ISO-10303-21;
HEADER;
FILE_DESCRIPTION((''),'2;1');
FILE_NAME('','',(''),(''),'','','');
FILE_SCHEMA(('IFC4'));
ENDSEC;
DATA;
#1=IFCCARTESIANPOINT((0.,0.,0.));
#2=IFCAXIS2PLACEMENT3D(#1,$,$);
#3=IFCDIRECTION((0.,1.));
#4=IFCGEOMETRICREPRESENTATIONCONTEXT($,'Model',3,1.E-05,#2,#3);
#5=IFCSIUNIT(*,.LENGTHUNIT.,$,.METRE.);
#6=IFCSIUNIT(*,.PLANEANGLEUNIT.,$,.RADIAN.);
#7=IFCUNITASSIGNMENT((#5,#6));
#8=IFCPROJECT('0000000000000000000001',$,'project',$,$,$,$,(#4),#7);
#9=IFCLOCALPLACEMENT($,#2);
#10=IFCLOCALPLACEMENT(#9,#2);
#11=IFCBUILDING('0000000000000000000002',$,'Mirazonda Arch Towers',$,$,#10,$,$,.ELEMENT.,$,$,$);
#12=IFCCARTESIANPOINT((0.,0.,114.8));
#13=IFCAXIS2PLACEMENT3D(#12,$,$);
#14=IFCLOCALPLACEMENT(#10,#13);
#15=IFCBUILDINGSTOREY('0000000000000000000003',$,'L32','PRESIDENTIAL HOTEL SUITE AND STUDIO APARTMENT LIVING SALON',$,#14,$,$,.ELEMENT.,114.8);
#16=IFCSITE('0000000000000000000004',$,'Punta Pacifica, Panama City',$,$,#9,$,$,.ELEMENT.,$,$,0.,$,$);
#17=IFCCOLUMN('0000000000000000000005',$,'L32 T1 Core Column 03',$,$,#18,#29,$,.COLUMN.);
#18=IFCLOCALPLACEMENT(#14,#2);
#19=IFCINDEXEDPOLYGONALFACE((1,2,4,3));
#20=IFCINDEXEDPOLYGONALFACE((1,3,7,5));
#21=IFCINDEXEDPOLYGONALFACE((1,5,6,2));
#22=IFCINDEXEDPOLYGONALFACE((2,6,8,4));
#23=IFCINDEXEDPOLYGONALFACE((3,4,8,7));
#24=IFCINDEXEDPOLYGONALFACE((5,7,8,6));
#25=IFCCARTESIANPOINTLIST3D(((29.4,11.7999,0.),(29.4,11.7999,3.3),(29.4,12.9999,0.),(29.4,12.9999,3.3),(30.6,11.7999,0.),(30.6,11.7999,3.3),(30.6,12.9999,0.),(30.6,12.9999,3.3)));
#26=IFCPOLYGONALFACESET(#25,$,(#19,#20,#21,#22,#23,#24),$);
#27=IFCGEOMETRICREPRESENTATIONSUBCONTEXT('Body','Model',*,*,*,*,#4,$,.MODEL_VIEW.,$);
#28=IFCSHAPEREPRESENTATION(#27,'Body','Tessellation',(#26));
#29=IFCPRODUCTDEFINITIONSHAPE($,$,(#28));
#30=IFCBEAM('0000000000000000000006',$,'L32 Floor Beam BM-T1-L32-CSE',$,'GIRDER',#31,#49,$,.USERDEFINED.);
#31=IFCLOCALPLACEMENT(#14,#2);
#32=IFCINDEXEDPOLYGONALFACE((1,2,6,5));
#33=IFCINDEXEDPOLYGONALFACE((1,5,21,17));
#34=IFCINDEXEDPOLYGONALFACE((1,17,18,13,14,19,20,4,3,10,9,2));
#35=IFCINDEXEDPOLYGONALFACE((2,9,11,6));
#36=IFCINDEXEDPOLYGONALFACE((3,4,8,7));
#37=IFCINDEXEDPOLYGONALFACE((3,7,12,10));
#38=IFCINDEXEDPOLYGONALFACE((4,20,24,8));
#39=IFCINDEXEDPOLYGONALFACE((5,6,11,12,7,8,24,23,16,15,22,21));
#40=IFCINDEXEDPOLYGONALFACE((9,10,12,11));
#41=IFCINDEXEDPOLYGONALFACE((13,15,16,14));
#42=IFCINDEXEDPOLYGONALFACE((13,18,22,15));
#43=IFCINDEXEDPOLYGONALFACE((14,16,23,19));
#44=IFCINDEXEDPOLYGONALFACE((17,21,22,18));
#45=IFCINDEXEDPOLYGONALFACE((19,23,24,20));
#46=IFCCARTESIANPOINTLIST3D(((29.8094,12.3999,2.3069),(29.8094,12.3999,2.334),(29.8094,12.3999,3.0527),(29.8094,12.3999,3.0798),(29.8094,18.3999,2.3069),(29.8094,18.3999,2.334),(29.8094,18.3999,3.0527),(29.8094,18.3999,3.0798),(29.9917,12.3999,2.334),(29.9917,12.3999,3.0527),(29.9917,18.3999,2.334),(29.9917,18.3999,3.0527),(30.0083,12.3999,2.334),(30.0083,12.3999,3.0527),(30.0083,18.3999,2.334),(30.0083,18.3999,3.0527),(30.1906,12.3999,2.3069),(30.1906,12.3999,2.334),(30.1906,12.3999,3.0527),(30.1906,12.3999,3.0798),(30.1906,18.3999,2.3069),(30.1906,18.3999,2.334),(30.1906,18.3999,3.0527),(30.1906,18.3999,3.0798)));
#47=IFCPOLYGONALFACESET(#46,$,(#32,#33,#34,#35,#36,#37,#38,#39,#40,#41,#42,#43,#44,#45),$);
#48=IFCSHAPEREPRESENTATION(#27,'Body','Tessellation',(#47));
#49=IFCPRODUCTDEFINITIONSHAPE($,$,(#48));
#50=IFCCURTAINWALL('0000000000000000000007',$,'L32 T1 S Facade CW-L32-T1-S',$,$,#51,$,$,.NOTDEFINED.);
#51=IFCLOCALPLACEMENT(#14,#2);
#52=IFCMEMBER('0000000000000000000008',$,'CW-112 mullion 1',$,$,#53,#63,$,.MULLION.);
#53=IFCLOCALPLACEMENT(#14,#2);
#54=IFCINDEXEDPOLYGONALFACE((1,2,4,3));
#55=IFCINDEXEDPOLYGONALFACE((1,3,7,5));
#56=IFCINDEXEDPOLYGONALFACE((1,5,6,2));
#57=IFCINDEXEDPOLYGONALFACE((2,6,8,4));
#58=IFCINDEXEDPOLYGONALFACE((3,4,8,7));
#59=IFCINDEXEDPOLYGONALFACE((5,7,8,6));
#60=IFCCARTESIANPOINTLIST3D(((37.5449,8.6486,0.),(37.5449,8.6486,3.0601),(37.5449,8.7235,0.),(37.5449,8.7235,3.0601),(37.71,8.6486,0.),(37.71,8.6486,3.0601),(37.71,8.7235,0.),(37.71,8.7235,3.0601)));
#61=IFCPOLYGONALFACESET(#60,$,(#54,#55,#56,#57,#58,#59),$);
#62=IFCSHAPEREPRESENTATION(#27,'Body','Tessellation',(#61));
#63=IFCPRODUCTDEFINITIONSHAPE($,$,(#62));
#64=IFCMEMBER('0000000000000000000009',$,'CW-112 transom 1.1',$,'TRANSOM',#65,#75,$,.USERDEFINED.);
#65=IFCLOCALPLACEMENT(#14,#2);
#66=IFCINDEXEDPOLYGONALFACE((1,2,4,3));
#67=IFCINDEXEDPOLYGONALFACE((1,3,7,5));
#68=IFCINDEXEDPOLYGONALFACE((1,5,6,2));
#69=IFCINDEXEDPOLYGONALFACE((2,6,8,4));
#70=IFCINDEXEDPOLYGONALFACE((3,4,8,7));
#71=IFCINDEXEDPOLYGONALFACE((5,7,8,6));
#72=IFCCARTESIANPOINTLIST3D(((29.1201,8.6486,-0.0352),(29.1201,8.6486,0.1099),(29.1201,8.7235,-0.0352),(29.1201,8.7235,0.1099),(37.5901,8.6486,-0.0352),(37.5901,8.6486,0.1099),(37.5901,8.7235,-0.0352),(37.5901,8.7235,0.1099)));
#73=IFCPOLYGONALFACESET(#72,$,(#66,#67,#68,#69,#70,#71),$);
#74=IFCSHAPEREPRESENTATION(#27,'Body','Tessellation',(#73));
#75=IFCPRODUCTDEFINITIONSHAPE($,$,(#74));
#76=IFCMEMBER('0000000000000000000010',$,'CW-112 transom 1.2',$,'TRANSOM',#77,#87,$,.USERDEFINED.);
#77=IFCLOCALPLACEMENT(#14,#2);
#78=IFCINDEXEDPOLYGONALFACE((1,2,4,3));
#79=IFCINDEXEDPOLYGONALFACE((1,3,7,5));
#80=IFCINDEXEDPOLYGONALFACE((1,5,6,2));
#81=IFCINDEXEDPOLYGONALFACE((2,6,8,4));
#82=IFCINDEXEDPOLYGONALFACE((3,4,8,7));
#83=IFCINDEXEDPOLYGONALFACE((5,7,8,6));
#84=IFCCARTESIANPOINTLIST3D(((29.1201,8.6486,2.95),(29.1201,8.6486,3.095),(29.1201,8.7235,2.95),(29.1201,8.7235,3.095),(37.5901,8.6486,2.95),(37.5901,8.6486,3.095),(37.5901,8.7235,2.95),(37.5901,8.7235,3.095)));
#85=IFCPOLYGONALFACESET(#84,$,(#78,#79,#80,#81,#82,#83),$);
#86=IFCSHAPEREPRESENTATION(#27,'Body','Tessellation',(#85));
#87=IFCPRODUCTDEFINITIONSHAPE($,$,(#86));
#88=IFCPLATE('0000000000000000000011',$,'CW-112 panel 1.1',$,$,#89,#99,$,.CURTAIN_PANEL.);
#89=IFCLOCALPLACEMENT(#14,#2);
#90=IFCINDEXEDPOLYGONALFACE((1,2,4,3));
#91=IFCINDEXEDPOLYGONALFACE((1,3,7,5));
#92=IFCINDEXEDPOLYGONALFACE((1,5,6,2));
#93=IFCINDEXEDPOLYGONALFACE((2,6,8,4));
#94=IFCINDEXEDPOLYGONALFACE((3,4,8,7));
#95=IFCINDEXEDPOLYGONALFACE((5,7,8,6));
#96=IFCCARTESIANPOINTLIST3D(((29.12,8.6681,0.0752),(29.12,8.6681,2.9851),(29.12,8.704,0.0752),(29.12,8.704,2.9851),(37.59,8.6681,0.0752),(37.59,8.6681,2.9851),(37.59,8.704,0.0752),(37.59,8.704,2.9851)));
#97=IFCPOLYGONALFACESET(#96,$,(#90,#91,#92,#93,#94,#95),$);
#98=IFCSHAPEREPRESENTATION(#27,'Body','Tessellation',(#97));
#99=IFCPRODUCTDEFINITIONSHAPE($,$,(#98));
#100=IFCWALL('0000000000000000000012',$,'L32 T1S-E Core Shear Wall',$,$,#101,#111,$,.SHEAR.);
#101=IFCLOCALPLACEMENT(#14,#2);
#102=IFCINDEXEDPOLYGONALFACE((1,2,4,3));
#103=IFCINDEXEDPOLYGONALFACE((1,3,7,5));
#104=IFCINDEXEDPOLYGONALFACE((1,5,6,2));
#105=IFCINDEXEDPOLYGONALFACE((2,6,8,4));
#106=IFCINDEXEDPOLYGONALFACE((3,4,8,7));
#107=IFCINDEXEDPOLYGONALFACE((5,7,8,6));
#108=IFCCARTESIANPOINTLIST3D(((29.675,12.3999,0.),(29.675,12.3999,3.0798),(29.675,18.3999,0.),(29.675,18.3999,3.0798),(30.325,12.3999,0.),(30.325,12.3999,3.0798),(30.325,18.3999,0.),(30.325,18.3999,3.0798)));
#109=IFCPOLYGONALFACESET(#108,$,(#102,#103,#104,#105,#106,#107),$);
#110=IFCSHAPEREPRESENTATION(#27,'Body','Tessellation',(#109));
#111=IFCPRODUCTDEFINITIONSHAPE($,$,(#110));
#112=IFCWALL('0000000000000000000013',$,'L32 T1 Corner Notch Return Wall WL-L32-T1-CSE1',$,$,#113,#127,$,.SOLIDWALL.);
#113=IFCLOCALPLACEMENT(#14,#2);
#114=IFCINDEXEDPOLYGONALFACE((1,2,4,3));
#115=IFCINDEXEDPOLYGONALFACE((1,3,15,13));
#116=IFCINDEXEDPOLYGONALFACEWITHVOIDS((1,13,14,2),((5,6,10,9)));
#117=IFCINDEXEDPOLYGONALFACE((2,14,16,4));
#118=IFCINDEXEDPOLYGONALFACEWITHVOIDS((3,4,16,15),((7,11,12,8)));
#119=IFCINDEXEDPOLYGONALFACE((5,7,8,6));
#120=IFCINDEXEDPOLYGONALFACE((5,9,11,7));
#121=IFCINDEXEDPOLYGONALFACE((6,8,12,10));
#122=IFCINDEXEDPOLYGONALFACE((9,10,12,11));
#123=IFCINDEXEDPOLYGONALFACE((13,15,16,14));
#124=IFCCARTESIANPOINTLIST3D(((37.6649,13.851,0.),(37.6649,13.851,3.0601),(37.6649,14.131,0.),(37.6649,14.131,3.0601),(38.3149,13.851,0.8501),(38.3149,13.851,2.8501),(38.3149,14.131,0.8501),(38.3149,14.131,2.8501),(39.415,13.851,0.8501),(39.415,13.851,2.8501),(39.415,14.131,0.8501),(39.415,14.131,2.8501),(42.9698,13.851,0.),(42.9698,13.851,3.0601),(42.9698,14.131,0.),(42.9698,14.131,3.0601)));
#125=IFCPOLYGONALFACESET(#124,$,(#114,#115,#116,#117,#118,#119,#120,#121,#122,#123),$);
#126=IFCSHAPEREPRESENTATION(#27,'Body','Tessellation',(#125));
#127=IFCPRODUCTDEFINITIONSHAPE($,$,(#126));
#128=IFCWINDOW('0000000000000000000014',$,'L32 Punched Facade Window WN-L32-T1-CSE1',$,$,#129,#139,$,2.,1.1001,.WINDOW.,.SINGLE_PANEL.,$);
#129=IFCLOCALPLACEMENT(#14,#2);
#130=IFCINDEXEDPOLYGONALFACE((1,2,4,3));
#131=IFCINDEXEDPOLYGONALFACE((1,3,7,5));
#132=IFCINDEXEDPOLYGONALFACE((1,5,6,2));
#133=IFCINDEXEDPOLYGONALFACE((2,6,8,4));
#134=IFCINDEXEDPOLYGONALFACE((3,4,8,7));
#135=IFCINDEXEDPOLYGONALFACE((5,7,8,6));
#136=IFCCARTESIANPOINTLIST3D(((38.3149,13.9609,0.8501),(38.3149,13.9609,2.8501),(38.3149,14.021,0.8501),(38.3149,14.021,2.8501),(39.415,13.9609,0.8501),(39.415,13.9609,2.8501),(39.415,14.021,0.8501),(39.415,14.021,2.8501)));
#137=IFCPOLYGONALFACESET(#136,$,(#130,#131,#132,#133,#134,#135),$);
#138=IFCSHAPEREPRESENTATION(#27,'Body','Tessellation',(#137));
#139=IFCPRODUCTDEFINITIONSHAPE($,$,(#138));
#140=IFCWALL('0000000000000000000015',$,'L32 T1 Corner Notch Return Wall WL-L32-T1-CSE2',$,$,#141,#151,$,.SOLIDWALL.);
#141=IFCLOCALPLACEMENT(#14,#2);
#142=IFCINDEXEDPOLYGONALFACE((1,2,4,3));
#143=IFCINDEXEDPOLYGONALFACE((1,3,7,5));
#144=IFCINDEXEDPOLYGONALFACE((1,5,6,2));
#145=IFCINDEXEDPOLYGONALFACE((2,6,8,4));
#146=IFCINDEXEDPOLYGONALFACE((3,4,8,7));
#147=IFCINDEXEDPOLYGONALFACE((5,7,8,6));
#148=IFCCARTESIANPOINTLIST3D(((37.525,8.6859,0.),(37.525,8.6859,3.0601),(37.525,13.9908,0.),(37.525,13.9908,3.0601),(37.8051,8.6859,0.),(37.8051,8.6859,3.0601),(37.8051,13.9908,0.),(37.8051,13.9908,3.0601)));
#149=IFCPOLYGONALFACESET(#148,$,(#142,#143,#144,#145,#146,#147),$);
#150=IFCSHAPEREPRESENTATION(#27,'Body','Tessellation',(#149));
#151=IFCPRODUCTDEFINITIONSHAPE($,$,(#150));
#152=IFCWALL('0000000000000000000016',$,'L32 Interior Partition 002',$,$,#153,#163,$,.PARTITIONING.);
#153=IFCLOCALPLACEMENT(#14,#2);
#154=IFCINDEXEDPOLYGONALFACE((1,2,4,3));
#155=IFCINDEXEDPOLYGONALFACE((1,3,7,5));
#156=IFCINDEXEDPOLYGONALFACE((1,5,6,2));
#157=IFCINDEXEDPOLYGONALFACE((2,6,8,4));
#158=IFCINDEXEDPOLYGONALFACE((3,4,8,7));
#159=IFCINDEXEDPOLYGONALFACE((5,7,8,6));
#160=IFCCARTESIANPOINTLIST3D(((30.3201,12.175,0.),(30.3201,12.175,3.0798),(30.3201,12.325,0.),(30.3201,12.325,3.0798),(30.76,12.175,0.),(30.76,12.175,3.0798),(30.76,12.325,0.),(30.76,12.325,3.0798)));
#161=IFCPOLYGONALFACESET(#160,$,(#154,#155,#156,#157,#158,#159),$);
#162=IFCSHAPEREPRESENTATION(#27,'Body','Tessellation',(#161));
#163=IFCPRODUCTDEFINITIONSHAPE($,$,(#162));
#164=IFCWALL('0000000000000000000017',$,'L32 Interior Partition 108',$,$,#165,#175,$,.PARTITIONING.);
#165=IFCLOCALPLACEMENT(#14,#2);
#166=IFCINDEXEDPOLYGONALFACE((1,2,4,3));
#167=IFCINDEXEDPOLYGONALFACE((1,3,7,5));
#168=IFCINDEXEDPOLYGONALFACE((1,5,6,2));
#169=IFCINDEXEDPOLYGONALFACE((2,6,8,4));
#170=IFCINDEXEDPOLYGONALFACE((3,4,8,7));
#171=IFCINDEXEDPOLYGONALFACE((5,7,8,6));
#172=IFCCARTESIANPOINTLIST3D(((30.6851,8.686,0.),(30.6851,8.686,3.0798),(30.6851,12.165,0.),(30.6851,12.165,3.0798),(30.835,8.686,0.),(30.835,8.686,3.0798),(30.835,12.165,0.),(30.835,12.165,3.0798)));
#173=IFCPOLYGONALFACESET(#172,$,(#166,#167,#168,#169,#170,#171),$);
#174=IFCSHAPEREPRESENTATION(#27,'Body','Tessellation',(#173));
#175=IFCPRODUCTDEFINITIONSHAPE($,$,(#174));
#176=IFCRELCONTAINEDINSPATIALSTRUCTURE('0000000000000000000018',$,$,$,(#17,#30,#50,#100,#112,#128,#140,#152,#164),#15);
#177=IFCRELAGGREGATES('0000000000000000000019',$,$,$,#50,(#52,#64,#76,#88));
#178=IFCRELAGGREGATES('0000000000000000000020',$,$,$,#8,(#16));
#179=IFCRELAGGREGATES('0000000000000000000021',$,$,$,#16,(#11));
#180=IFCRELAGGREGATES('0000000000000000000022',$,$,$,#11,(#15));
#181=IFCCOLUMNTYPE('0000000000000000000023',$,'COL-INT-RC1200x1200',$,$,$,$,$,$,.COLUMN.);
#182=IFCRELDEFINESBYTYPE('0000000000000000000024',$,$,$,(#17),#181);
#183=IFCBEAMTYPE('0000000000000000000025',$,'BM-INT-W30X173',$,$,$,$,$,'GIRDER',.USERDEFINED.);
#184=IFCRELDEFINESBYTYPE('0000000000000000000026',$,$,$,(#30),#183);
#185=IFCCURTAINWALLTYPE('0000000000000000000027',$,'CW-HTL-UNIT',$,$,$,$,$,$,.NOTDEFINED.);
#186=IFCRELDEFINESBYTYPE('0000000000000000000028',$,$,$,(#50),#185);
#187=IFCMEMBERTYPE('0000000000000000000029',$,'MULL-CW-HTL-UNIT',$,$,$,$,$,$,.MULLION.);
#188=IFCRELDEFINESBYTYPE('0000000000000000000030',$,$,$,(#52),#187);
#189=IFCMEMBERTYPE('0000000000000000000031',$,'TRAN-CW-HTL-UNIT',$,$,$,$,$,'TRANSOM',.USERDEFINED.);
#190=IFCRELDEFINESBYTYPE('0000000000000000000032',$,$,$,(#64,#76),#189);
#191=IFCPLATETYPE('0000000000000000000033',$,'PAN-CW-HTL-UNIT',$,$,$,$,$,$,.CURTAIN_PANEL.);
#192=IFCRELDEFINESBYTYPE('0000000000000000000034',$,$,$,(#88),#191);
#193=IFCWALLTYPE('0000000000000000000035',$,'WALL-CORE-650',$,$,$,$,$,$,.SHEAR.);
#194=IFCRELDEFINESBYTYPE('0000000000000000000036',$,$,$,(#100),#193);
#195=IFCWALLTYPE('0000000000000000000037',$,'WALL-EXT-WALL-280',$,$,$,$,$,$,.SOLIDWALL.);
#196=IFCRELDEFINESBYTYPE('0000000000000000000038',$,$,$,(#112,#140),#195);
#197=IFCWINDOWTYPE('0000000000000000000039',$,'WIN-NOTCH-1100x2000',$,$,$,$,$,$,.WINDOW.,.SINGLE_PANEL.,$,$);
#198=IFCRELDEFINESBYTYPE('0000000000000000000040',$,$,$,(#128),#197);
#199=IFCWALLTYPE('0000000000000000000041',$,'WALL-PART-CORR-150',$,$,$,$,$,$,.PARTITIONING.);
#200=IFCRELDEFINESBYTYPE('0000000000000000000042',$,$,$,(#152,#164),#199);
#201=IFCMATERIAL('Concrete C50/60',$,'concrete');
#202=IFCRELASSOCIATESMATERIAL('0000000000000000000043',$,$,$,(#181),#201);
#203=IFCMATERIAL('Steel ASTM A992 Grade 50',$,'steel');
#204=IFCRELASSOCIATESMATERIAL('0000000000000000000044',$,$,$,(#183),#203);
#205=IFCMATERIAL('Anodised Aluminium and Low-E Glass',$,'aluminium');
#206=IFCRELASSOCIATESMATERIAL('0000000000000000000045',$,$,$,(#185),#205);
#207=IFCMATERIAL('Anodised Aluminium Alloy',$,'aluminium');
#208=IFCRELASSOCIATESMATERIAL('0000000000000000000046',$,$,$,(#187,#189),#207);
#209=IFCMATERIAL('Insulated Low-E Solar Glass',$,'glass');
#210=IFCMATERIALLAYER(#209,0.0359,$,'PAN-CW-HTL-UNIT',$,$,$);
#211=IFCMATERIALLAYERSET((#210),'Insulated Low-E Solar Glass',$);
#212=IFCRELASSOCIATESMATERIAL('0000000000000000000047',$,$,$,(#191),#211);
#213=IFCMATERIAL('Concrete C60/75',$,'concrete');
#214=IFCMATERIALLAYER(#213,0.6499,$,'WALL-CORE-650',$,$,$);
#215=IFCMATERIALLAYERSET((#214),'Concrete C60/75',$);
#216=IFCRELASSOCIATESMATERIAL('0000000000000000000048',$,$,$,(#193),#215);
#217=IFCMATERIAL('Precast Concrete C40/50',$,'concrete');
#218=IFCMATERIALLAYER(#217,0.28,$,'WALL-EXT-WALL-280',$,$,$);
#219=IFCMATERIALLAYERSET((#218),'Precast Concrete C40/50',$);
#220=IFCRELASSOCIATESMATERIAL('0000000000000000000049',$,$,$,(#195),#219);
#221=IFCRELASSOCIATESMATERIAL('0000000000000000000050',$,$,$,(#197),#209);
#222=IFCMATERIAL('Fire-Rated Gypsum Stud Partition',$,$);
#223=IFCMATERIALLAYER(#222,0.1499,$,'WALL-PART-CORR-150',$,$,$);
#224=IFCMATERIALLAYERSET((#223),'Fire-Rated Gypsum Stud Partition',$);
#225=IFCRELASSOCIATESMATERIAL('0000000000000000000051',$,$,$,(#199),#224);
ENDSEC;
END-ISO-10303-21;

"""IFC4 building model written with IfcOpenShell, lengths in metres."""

from ifc_helpers import new_model, si_unit, direction, frame, frame_2d, origin, origin_2d, place, context, subcontext, project, spatial, rectangle, i_section, extrude, material, layer, layer_set, material_profile, profile_set, type_object, element, fill, aggregate, save


model = new_model("IFC4")

# Units and contexts
model_context = context("Model", 3, precision=1e-05, world=origin(), true_north=direction((0.0, 1.0)))
body_context = subcontext(model_context, "Body", "Model", "MODEL_VIEW")
ifc_project = project(units=[si_unit("LENGTHUNIT", "METRE"), si_unit("PLANEANGLEUNIT", "RADIAN")], contexts=[model_context])

# Site, building, storey
site_placement = place(None, origin())
site = spatial("IfcSite", under=ifc_project, at=site_placement, Name="Punta Pacifica, Panama City", CompositionType="ELEMENT", RefElevation=0.0)
building_placement = place(site_placement, origin())
building = spatial("IfcBuilding", under=site, at=building_placement, Name="Mirazonda Arch Towers", CompositionType="ELEMENT")
storey_placement = place(building_placement, frame((0.0, 0.0, 114.8)))
storey = spatial("IfcBuildingStorey", under=building, at=storey_placement, Name="L32", Description="PRESIDENTIAL HOTEL SUITE AND STUDIO APARTMENT LIVING SALON", CompositionType="ELEMENT", Elevation=114.8)

# Column
ifc_material_1 = material(Name="Concrete C50/60", Category="concrete")
ifc_material_profile_1 = material_profile(ifc_material_1, rectangle(XDim=1.2, YDim=1.2, at=origin_2d()), Name="RC1200x1200")
ifc_profile_set_1 = profile_set([ifc_material_profile_1], Name="Concrete C50/60")
column_type = type_object("IfcColumnType", Name="COL-INT-RC1200x1200", PredefinedType="COLUMN", material=ifc_profile_set_1)
column_placement = place(storey_placement, frame((30.0, 12.3999, 0.0), z_axis=(0.0, 0.0, 1.0), x_axis=(1.0, 0.0, 0.0)))
element("IfcColumn", 1, at=column_placement, inside=storey, type_object=column_type, Name="L32 T1 Core Column 03", PredefinedType="COLUMN", context=body_context, shape_type="SweptSolid", body=[
    extrude(rectangle(XDim=1.2, YDim=1.2, at=origin_2d()), origin(), (0.0, 0.0, 1.0), 3.3),
])

# Beam
ifc_material_2 = material(Name="Steel ASTM A992 Grade 50", Category="steel")
ifc_material_profile_2 = material_profile(ifc_material_2, i_section(OverallWidth=0.3811, OverallDepth=0.7729, WebThickness=0.0166, FlangeThickness=0.0271, at=origin_2d()), Name="W30X173")
ifc_profile_set_2 = profile_set([ifc_material_profile_2], Name="Steel ASTM A992 Grade 50")
beam_type = type_object("IfcBeamType", Name="BM-INT-W30X173", ElementType="GIRDER", PredefinedType="USERDEFINED", material=ifc_profile_set_2)
beam_placement = place(storey_placement, frame((30.0, 12.3999, 2.6934), z_axis=(0.0, 1.0, 0.0), x_axis=(-1.0, 0.0, 0.0)))
element("IfcBeam", 2, at=beam_placement, inside=storey, type_object=beam_type, Name="L32 Floor Beam BM-T1-L32-CSE", ObjectType="GIRDER", PredefinedType="USERDEFINED", context=body_context, shape_type="SweptSolid", body=[
    extrude(i_section(OverallWidth=0.3811, OverallDepth=0.7729, WebThickness=0.0166, FlangeThickness=0.0271, at=origin_2d()), origin(), (0.0, 0.0, 1.0), 6.0),
])

# Curtain wall, members, plate
ifc_material_3 = material(Name="Anodised Aluminium and Low-E Glass", Category="aluminium")
curtain_wall_type = type_object("IfcCurtainWallType", Name="CW-HTL-UNIT", PredefinedType="NOTDEFINED", material=ifc_material_3)
curtain_wall_placement = place(storey_placement, origin())
curtain_wall = element("IfcCurtainWall", 3, at=curtain_wall_placement, inside=storey, type_object=curtain_wall_type, Name="L32 T1 S Facade CW-L32-T1-S", PredefinedType="NOTDEFINED")
ifc_material_4 = material(Name="Anodised Aluminium Alloy", Category="aluminium")
ifc_material_profile_3 = material_profile(ifc_material_4, rectangle(XDim=0.075, YDim=0.165, at=origin_2d()), Name="ALU-MULL-75x165")
ifc_profile_set_3 = profile_set([ifc_material_profile_3], Name="Anodised Aluminium Alloy")
member_type_1 = type_object("IfcMemberType", Name="MULL-CW-HTL-UNIT", PredefinedType="MULLION", material=ifc_profile_set_3)
member_1_placement = place(storey_placement, frame((37.6274, 8.686, 0.0), z_axis=(0.0, 0.0, 1.0), x_axis=(0.0, -1.0, 0.0)))
member_1 = element("IfcMember", 4, at=member_1_placement, type_object=member_type_1, Name="CW-112 mullion 1", PredefinedType="MULLION", context=body_context, shape_type="SweptSolid", body=[
    extrude(rectangle(XDim=0.075, YDim=0.165, at=origin_2d()), origin(), (0.0, 0.0, 1.0), 3.0601),
])
ifc_material_profile_4 = material_profile(ifc_material_4, rectangle(XDim=0.075, YDim=0.145, at=origin_2d()), Name="ALU-TRAN-75x145")
ifc_profile_set_4 = profile_set([ifc_material_profile_4], Name="Anodised Aluminium Alloy")
member_type_2 = type_object("IfcMemberType", Name="TRAN-CW-HTL-UNIT", ElementType="TRANSOM", PredefinedType="USERDEFINED", material=ifc_profile_set_4)
member_2_placement = place(storey_placement, frame((37.5901, 8.686, 0.0374), z_axis=(-1.0, 0.0, 0.0), x_axis=(0.0, -1.0, 0.0)))
member_2 = element("IfcMember", 5, at=member_2_placement, type_object=member_type_2, Name="CW-112 transom 1.1", ObjectType="TRANSOM", PredefinedType="USERDEFINED", context=body_context, shape_type="SweptSolid", body=[
    extrude(rectangle(XDim=0.075, YDim=0.145, at=origin_2d()), origin(), (0.0, 0.0, 1.0), 8.47),
])
member_3_placement = place(storey_placement, frame((37.5901, 8.686, 3.0225), z_axis=(-1.0, 0.0, 0.0), x_axis=(0.0, -1.0, 0.0)))
member_3 = element("IfcMember", 6, at=member_3_placement, type_object=member_type_2, Name="CW-112 transom 1.2", ObjectType="TRANSOM", PredefinedType="USERDEFINED", context=body_context, shape_type="SweptSolid", body=[
    extrude(rectangle(XDim=0.075, YDim=0.145, at=origin_2d()), origin(), (0.0, 0.0, 1.0), 8.47),
])
ifc_material_5 = material(Name="Insulated Low-E Solar Glass", Category="glass")
ifc_layer_1 = layer(ifc_material_5, 0.0359, Name="PAN-CW-HTL-UNIT")
ifc_layer_set_1 = layer_set([ifc_layer_1], Name="Insulated Low-E Solar Glass")
plate_type = type_object("IfcPlateType", Name="PAN-CW-HTL-UNIT", PredefinedType="CURTAIN_PANEL", material=ifc_layer_set_1)
plate_placement = place(storey_placement, frame((33.355, 8.686, 0.0752), z_axis=(0.0, 0.0, 1.0), x_axis=(-1.0, 0.0, 0.0)))
plate = element("IfcPlate", 7, at=plate_placement, type_object=plate_type, Name="CW-112 panel 1.1", PredefinedType="CURTAIN_PANEL", context=body_context, shape_type="SweptSolid", body=[
    extrude(rectangle(XDim=8.47, YDim=0.0359, at=origin_2d()), origin(), (0.0, 0.0, 1.0), 2.9099),
])
aggregate(curtain_wall, [member_1, member_2, member_3, plate])

# Wall
ifc_material_6 = material(Name="Concrete C60/75", Category="concrete")
ifc_layer_2 = layer(ifc_material_6, 0.6499, Name="WALL-CORE-650")
ifc_layer_set_2 = layer_set([ifc_layer_2], Name="Concrete C60/75")
wall_type_1 = type_object("IfcWallType", Name="WALL-CORE-650", PredefinedType="SHEAR", material=ifc_layer_set_2)
wall_1_placement = place(storey_placement, frame((30.0, 12.3999, 0.0), z_axis=(0.0, 0.0, 1.0), x_axis=(0.0, 1.0, 0.0)))
element("IfcWall", 8, at=wall_1_placement, inside=storey, type_object=wall_type_1, Name="L32 T1S-E Core Shear Wall", PredefinedType="SHEAR", context=body_context, shape_type="SweptSolid", body=[
    extrude(rectangle(XDim=6.0, YDim=0.6499, at=frame_2d((3.0, 0.0))), origin(), (0.0, 0.0, 1.0), 3.0798),
])

# Wall, opening, window
ifc_material_7 = material(Name="Precast Concrete C40/50", Category="concrete")
ifc_layer_3 = layer(ifc_material_7, 0.28, Name="WALL-EXT-WALL-280")
ifc_layer_set_3 = layer_set([ifc_layer_3], Name="Precast Concrete C40/50")
wall_type_2 = type_object("IfcWallType", Name="WALL-EXT-WALL-280", PredefinedType="SOLIDWALL", material=ifc_layer_set_3)
wall_2_placement = place(storey_placement, frame((37.665, 13.991, 0.0), z_axis=(0.0, 0.0, 1.0), x_axis=(1.0, 0.0, 0.0)))
wall_2 = element("IfcWall", 9, at=wall_2_placement, inside=storey, type_object=wall_type_2, Name="L32 T1 Corner Notch Return Wall WL-L32-T1-CSE1", PredefinedType="SOLIDWALL", context=body_context, shape_type="SweptSolid", body=[
    extrude(rectangle(XDim=5.3049, YDim=0.28, at=frame_2d((2.6523, 0.0))), origin(), (0.0, 0.0, 1.0), 3.0601),
])
opening_1_placement = place(wall_2_placement, frame((0.6499, 0.0, 0.8501)))
opening_1 = element("IfcOpeningElement", 10, at=opening_1_placement, cuts=wall_2, PredefinedType="OPENING", context=body_context, shape_type="SweptSolid", body=[
    extrude(rectangle(XDim=1.1001, YDim=2.0, at=frame_2d((0.55, 1.0))), frame((0.0, 0.1499, 0.0), z_axis=(0.0, -1.0, 0.0), x_axis=(1.0, 0.0, 0.0)), (0.0, 0.0, 1.0), 0.3),
])
window_type = type_object("IfcWindowType", Name="WIN-NOTCH-1100x2000", PartitioningType="SINGLE_PANEL", PredefinedType="WINDOW", material=ifc_material_5)
window_placement = place(opening_1_placement, origin())
window = element("IfcWindow", 11, at=window_placement, inside=storey, type_object=window_type, Name="L32 Punched Facade Window WN-L32-T1-CSE1", OverallHeight=2.0, OverallWidth=1.1001, PartitioningType="SINGLE_PANEL", PredefinedType="WINDOW", context=body_context, shape_type="SweptSolid", body=[
    extrude(rectangle(XDim=1.1001, YDim=2.0, at=frame_2d((0.55, 1.0))), frame((0.0, 0.03, 0.0), z_axis=(0.0, -1.0, 0.0), x_axis=(1.0, 0.0, 0.0)), (0.0, 0.0, 1.0), 0.0601),
])
fill(opening_1, window)

# Walls
wall_3_placement = place(storey_placement, frame((37.665, 8.686, 0.0), z_axis=(0.0, 0.0, 1.0), x_axis=(0.0, 1.0, 0.0)))
element("IfcWall", 12, at=wall_3_placement, inside=storey, type_object=wall_type_2, Name="L32 T1 Corner Notch Return Wall WL-L32-T1-CSE2", PredefinedType="SOLIDWALL", context=body_context, shape_type="SweptSolid", body=[
    extrude(rectangle(XDim=5.3049, YDim=0.28, at=frame_2d((2.6523, 0.0))), origin(), (0.0, 0.0, 1.0), 3.0601),
])
ifc_material_8 = material(Name="Fire-Rated Gypsum Stud Partition")
ifc_layer_4 = layer(ifc_material_8, 0.1499, Name="WALL-PART-CORR-150")
ifc_layer_set_4 = layer_set([ifc_layer_4], Name="Fire-Rated Gypsum Stud Partition")
wall_type_3 = type_object("IfcWallType", Name="WALL-PART-CORR-150", PredefinedType="PARTITIONING", material=ifc_layer_set_4)
wall_4_placement = place(storey_placement, frame((30.3201, 12.25, 0.0), z_axis=(0.0, 0.0, 1.0), x_axis=(1.0, 0.0, 0.0)))
element("IfcWall", 13, at=wall_4_placement, inside=storey, type_object=wall_type_3, Name="L32 Interior Partition 002", PredefinedType="PARTITIONING", context=body_context, shape_type="SweptSolid", body=[
    extrude(rectangle(XDim=0.4399, YDim=0.1499, at=frame_2d((0.22, 0.0))), origin(), (0.0, 0.0, 1.0), 3.0798),
])
wall_5_placement = place(storey_placement, frame((30.76, 8.686, 0.0), z_axis=(0.0, 0.0, 1.0), x_axis=(0.0, 1.0, 0.0)))
element("IfcWall", 14, at=wall_5_placement, inside=storey, type_object=wall_type_3, Name="L32 Interior Partition 108", PredefinedType="PARTITIONING", context=body_context, shape_type="SweptSolid", body=[
    extrude(rectangle(XDim=3.479, YDim=0.1499, at=frame_2d((1.7395, 0.0))), origin(), (0.0, 0.0, 1.0), 3.0798),
])

save(model, "model.ifc")
